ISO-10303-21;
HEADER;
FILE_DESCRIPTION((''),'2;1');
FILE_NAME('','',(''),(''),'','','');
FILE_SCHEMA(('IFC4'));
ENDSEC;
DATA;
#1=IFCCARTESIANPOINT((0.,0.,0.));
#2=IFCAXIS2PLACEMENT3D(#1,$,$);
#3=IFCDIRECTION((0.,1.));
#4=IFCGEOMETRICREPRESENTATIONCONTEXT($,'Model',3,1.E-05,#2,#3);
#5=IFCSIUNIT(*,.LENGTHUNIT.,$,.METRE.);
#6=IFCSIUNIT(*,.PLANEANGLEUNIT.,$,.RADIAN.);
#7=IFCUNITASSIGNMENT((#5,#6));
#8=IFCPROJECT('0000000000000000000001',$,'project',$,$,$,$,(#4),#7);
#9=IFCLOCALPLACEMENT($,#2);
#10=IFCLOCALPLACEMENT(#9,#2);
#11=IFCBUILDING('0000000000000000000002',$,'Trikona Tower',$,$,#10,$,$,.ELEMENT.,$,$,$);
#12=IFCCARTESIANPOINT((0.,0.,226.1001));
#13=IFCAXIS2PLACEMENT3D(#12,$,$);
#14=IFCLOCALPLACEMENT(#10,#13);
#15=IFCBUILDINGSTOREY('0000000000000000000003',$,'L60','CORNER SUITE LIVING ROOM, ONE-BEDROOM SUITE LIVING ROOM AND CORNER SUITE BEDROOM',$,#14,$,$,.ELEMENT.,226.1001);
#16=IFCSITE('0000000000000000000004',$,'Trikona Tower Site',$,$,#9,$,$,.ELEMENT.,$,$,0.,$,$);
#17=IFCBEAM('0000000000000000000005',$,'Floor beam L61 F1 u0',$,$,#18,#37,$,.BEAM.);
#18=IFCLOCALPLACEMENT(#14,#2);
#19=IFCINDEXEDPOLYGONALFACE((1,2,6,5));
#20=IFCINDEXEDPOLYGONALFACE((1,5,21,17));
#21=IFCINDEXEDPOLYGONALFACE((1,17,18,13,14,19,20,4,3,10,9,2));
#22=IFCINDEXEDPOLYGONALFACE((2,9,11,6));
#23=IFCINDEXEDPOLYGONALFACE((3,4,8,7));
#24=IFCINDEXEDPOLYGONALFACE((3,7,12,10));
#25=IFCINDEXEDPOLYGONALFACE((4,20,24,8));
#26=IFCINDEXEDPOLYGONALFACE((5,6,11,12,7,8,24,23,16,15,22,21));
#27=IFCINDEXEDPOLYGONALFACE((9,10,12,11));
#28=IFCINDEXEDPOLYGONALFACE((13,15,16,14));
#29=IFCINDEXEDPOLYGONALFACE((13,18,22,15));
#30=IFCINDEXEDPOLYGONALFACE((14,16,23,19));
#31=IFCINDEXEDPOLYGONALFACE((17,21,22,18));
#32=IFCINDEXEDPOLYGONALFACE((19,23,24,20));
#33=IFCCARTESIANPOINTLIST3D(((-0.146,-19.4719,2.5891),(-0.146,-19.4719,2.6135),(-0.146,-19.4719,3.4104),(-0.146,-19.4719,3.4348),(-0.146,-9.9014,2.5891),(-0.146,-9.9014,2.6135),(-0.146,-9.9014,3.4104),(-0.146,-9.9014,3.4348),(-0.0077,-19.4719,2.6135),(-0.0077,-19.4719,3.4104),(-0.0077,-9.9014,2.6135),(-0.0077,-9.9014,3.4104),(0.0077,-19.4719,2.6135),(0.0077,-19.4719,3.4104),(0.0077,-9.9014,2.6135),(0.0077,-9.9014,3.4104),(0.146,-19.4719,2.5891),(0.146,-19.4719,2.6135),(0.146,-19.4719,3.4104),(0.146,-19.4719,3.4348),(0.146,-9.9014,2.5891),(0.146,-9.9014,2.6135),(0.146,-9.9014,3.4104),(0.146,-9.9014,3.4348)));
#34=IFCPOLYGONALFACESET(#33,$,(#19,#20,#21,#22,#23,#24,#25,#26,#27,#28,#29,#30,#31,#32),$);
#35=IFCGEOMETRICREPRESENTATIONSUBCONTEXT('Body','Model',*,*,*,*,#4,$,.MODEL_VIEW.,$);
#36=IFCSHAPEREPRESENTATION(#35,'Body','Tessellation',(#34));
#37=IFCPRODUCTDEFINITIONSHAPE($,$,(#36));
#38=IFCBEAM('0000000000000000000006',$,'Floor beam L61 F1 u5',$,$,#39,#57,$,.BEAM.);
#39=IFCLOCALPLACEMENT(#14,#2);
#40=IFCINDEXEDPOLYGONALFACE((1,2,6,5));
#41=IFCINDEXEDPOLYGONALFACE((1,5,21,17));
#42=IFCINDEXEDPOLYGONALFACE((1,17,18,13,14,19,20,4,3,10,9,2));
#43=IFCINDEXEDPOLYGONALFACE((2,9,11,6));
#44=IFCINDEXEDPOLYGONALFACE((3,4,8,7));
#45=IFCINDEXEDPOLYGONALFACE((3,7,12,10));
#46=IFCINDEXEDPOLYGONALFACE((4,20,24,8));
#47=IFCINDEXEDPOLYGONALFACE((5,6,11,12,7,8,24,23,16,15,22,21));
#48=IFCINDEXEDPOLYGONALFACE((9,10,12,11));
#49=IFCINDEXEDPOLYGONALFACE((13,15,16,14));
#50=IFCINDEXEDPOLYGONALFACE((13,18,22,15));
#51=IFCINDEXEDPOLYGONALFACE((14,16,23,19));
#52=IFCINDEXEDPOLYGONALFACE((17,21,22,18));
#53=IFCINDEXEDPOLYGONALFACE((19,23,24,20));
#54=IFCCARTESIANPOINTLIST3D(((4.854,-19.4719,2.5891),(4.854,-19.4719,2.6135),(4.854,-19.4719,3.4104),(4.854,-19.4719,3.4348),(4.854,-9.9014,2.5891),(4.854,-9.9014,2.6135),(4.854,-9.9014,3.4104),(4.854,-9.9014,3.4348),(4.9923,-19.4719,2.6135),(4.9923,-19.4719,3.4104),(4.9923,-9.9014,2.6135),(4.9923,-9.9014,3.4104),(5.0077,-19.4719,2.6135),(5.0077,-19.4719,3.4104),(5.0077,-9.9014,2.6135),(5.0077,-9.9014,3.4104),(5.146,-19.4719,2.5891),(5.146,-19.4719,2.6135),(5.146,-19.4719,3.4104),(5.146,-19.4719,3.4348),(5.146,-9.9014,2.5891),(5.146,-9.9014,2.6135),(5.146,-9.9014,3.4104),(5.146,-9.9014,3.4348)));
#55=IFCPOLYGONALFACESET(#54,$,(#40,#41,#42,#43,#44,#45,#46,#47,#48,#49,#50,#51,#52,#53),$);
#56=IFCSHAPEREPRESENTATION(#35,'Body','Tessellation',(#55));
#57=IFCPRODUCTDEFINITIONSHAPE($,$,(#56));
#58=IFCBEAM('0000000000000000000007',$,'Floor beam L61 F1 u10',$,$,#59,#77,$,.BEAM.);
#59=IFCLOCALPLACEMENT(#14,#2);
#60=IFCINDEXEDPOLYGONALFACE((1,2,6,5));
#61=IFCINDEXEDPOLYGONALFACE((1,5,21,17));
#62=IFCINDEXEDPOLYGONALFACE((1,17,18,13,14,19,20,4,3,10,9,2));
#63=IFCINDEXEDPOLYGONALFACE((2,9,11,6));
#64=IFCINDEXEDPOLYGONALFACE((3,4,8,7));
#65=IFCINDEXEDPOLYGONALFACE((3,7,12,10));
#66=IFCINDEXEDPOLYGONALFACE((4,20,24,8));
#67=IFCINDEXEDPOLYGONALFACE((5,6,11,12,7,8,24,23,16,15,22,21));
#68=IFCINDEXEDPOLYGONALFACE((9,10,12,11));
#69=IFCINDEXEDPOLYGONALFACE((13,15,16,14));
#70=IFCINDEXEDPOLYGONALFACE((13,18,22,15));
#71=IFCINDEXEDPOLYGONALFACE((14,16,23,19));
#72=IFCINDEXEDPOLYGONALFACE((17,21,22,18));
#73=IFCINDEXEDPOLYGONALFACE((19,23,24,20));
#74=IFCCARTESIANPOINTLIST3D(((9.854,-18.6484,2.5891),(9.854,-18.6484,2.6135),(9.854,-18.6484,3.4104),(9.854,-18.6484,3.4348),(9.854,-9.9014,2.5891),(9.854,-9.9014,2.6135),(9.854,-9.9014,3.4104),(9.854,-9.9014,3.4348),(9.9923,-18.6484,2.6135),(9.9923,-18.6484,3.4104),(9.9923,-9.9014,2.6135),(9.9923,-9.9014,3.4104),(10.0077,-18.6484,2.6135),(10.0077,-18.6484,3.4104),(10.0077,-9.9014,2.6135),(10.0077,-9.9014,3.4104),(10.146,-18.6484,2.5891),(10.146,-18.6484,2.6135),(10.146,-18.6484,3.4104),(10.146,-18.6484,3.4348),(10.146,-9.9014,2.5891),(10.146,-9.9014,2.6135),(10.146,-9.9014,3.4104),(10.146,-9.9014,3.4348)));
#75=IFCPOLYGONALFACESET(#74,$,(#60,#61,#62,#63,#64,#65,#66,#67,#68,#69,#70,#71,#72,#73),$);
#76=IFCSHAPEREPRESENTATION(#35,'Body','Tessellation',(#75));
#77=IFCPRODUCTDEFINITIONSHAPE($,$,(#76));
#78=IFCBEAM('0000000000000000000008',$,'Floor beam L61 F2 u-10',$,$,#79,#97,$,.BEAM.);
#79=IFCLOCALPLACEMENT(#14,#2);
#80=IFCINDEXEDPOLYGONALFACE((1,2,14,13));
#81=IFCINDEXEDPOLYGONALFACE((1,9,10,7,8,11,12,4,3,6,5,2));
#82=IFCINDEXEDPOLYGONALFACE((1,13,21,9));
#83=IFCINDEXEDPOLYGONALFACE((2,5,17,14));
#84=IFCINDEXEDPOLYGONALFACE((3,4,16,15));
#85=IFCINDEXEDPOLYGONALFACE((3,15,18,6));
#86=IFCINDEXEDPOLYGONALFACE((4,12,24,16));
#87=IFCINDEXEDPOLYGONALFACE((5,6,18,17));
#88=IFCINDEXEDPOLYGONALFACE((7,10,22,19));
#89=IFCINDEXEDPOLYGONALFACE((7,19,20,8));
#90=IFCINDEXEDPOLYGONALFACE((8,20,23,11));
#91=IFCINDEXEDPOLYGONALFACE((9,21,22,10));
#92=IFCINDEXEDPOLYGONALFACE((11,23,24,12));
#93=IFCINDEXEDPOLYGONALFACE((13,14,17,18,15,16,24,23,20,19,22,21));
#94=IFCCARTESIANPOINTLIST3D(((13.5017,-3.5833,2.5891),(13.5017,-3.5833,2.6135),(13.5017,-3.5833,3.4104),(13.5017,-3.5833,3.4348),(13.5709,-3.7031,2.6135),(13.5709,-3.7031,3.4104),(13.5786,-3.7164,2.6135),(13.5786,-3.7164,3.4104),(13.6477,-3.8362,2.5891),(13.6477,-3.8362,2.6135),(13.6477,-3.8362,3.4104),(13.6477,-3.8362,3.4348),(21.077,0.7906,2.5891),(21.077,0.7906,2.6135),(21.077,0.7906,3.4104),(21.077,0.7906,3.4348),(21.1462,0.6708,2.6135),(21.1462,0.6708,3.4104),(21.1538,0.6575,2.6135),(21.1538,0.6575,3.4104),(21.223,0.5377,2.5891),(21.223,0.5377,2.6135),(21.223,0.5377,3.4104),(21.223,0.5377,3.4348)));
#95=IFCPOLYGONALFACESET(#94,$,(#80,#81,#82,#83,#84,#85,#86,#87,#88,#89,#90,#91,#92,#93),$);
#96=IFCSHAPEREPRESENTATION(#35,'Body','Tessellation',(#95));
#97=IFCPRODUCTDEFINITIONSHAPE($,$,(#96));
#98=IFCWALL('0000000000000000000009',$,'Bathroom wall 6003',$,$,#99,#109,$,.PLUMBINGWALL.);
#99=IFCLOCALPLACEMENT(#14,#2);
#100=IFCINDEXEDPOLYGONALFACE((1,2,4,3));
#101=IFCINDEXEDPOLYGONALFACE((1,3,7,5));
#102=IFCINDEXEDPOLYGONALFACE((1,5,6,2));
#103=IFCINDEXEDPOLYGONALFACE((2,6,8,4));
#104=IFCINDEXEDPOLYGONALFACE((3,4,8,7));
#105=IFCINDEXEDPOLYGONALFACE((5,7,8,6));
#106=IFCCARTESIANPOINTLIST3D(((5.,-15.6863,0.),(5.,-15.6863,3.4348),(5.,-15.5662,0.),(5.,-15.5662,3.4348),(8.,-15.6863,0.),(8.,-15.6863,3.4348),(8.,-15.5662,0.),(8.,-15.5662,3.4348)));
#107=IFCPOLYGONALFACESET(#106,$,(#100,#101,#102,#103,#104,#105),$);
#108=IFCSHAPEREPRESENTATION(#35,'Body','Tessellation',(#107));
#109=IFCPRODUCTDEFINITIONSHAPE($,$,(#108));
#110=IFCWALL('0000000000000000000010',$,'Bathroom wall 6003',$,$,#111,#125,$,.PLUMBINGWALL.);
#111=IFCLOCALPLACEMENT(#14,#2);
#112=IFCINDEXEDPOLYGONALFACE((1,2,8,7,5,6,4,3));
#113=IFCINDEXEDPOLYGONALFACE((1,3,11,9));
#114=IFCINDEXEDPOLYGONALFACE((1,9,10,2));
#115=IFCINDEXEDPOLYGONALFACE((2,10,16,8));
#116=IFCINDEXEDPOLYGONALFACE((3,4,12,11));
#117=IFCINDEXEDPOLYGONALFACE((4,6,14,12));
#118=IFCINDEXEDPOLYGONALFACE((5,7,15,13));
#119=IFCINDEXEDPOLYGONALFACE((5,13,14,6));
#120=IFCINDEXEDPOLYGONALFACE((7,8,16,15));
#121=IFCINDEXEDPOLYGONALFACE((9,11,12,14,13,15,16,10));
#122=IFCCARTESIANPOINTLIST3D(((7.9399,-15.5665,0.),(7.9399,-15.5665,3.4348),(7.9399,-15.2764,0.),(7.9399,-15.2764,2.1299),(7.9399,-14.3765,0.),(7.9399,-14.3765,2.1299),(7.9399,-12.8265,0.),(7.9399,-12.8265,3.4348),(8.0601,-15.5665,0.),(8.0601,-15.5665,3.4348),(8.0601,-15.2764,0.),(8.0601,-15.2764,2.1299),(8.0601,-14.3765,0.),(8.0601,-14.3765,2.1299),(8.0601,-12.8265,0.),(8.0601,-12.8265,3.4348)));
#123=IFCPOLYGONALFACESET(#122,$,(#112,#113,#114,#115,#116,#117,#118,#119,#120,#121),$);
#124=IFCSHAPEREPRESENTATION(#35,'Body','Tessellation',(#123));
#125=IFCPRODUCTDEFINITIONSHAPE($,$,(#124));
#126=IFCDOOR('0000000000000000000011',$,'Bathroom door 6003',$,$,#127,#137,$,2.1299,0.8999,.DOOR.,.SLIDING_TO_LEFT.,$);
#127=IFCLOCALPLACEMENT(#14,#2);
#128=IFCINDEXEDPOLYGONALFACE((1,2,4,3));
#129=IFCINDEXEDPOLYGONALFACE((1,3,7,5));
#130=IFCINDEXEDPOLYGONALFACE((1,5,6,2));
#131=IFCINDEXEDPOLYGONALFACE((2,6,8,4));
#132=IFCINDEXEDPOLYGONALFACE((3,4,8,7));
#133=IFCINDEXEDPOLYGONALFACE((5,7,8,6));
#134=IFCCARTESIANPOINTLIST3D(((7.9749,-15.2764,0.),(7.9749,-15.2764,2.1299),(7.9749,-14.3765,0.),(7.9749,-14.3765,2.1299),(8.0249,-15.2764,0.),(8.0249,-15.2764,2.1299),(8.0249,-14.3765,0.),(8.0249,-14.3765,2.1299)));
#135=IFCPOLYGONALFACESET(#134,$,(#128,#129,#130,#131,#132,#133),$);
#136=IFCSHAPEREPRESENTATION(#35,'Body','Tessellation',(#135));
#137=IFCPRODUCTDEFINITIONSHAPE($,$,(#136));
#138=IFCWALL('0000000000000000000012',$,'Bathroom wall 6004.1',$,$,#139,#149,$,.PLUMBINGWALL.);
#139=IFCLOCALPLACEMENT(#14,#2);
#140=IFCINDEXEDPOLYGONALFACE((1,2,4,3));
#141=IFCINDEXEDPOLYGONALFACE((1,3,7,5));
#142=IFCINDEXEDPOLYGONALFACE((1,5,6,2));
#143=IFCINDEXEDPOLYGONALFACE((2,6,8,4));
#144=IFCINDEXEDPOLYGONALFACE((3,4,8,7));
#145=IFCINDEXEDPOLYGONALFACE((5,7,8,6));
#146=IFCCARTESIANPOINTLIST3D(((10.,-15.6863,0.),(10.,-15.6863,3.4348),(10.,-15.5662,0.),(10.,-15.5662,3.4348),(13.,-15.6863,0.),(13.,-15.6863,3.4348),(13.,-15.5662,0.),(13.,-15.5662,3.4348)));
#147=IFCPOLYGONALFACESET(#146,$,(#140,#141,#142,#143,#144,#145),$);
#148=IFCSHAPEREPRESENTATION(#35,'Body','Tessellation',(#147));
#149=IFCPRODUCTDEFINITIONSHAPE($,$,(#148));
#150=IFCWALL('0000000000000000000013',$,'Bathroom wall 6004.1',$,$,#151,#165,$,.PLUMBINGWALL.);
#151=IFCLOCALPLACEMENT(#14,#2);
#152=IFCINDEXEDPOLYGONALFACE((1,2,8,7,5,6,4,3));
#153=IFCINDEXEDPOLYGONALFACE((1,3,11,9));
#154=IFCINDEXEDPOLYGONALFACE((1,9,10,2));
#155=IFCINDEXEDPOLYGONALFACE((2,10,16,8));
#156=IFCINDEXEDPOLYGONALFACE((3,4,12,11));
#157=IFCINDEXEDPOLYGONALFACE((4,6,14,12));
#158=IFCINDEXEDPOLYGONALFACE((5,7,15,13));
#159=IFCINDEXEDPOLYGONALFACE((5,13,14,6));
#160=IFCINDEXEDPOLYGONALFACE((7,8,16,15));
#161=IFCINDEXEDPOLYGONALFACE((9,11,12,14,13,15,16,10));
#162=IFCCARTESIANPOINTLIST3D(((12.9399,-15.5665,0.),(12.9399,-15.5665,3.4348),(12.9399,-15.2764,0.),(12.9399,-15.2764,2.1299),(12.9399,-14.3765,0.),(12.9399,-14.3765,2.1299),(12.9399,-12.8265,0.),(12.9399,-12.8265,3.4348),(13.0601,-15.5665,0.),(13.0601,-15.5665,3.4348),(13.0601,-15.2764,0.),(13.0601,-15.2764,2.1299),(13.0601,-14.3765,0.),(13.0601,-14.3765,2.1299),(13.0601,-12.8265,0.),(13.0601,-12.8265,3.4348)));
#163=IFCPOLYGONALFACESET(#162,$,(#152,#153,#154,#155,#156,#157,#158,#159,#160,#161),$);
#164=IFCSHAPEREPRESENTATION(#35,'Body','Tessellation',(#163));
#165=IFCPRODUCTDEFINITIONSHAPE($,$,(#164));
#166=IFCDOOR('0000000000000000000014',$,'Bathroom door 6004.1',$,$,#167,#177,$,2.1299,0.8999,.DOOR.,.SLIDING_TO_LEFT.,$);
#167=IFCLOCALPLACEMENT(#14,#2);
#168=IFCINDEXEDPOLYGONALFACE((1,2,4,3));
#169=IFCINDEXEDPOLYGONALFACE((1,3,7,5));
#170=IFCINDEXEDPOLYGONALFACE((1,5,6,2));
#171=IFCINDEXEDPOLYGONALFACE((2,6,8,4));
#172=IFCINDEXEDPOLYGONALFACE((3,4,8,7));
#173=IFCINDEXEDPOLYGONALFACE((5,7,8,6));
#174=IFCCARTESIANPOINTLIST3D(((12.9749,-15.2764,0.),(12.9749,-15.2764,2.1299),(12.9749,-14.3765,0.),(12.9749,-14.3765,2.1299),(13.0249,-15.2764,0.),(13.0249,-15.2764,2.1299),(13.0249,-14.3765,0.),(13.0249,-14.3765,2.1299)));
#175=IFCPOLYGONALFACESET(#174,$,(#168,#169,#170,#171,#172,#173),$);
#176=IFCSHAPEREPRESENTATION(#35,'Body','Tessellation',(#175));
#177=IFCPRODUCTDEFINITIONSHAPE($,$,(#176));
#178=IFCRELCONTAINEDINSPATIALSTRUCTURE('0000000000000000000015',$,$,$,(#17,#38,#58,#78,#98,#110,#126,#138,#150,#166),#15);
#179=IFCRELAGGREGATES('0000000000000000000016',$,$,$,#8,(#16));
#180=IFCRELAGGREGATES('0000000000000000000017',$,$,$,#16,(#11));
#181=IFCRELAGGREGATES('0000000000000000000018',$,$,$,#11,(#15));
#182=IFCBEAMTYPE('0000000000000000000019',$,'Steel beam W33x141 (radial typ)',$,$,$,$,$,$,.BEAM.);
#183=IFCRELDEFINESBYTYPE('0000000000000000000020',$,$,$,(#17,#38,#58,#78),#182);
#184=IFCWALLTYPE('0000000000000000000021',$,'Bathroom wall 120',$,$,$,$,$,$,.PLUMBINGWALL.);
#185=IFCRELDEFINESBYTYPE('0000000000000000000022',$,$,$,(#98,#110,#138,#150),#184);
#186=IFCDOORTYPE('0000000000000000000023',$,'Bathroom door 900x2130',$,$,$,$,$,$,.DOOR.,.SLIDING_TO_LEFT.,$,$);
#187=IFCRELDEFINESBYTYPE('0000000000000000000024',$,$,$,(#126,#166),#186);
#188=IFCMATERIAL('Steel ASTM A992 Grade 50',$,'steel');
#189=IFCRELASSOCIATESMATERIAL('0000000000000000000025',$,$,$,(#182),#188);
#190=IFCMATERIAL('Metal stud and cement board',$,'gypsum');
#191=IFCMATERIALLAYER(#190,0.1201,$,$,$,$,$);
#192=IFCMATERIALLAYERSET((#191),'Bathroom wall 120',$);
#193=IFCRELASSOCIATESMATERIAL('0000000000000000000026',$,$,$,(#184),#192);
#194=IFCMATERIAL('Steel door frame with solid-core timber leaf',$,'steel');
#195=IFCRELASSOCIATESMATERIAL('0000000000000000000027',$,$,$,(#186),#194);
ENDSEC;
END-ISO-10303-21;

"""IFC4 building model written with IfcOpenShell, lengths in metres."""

from ifc_helpers import new_model, si_unit, direction, frame, frame_2d, origin, origin_2d, place, context, subcontext, project, spatial, rectangle, i_section, extrude, material, layer, layer_set, material_profile, profile_set, type_object, element, fill, save


model = new_model("IFC4")

# Units and contexts
model_context = context("Model", 3, precision=1e-05, world=origin(), true_north=direction((0.0, 1.0)))
body_context = subcontext(model_context, "Body", "Model", "MODEL_VIEW")
ifc_project = project(units=[si_unit("LENGTHUNIT", "METRE"), si_unit("PLANEANGLEUNIT", "RADIAN")], contexts=[model_context])

# Site, building, storey
site_placement = place(None, origin())
site = spatial("IfcSite", under=ifc_project, at=site_placement, Name="Trikona Tower Site", CompositionType="ELEMENT", RefElevation=0.0)
building_placement = place(site_placement, origin())
building = spatial("IfcBuilding", under=site, at=building_placement, Name="Trikona Tower", CompositionType="ELEMENT")
storey_placement = place(building_placement, frame((0.0, 0.0, 226.1001)))
storey = spatial("IfcBuildingStorey", under=building, at=storey_placement, Name="L60", Description="CORNER SUITE LIVING ROOM, ONE-BEDROOM SUITE LIVING ROOM AND CORNER SUITE BEDROOM", CompositionType="ELEMENT", Elevation=226.1001)

# Beams
ifc_material_1 = material(Name="Steel ASTM A992 Grade 50", Category="steel")
ifc_material_profile = material_profile(ifc_material_1, i_section(OverallWidth=0.292, OverallDepth=0.8457, WebThickness=0.0154, FlangeThickness=0.0244, at=origin_2d()), Name="W33X141")
ifc_profile_set = profile_set([ifc_material_profile], Name="Steel ASTM A992 Grade 50")
beam_type = type_object("IfcBeamType", Name="Steel beam W33x141 (radial typ)", PredefinedType="BEAM", material=ifc_profile_set)
for number, where, z_axis, x_axis, name in (
    (1, (0.0, -9.9014, 3.012), (0.0, -1.0, 0.0), (1.0, 0.0, 0.0), "Floor beam L61 F1 u0"),
    (2, (5.0, -9.9014, 3.012), (0.0, -1.0, 0.0), (1.0, 0.0, 0.0), "Floor beam L61 F1 u5"),
):
    element("IfcBeam", number, at=place(storey_placement, frame(where, z_axis=z_axis, x_axis=x_axis)), inside=storey, type_object=beam_type, Name=name, PredefinedType="BEAM", context=body_context, shape_type="SweptSolid", body=[
        extrude(i_section(OverallWidth=0.292, OverallDepth=0.8457, WebThickness=0.0154, FlangeThickness=0.0244, at=origin_2d()), origin(), (0.0, 0.0, 1.0), 9.5706),
    ])
beam_1_placement = place(storey_placement, frame((10.0, -9.9014, 3.012), z_axis=(0.0, -1.0, 0.0), x_axis=(1.0, 0.0, 0.0)))
element("IfcBeam", 3, at=beam_1_placement, inside=storey, type_object=beam_type, Name="Floor beam L61 F1 u10", PredefinedType="BEAM", context=body_context, shape_type="SweptSolid", body=[
    extrude(i_section(OverallWidth=0.292, OverallDepth=0.8457, WebThickness=0.0154, FlangeThickness=0.0244, at=origin_2d()), origin(), (0.0, 0.0, 1.0), 8.7471),
])
beam_2_placement = place(storey_placement, frame((13.5747, -3.7097, 3.012), z_axis=(0.866014, 0.50002, 0.0), x_axis=(-0.50002, 0.866014, 0.0)))
element("IfcBeam", 4, at=beam_2_placement, inside=storey, type_object=beam_type, Name="Floor beam L61 F2 u-10", PredefinedType="BEAM", context=body_context, shape_type="SweptSolid", body=[
    extrude(i_section(OverallWidth=0.292, OverallDepth=0.8457, WebThickness=0.0154, FlangeThickness=0.0244, at=origin_2d()), origin(), (0.0, 0.0, 1.0), 8.7473),
])

# Wall
ifc_material_2 = material(Name="Metal stud and cement board", Category="gypsum")
ifc_layer_1 = layer(ifc_material_2, 0.1201)
ifc_layer_set_1 = layer_set([ifc_layer_1], Name="Bathroom wall 120")
wall_type_1 = type_object("IfcWallType", Name="Bathroom wall 120", PredefinedType="PLUMBINGWALL", material=ifc_layer_set_1)
wall_1_placement = place(storey_placement, frame((5.0, -15.6262, 0.0), z_axis=(0.0, 0.0, 1.0), x_axis=(1.0, 0.0, 0.0)))
element("IfcWall", 5, at=wall_1_placement, inside=storey, type_object=wall_type_1, Name="Bathroom wall 6003", PredefinedType="PLUMBINGWALL", context=body_context, shape_type="SweptSolid", body=[
    extrude(rectangle(XDim=3.0, YDim=0.1201, at=frame_2d((1.5, 0.0))), origin(), (0.0, 0.0, 1.0), 3.4348),
])

# Wall, opening, door
wall_2_placement = place(storey_placement, frame((8.0, -12.8264, 0.0), z_axis=(0.0, 0.0, 1.0), x_axis=(0.0, -1.0, 0.0)))
wall_2 = element("IfcWall", 6, at=wall_2_placement, inside=storey, type_object=wall_type_1, Name="Bathroom wall 6003", PredefinedType="PLUMBINGWALL", context=body_context, shape_type="SweptSolid", body=[
    extrude(rectangle(XDim=2.74, YDim=0.1201, at=frame_2d((1.3701, 0.0))), origin(), (0.0, 0.0, 1.0), 3.4348),
])
opening_1_placement = place(wall_2_placement, frame((1.55, 0.0, 0.0)))
opening_1 = element("IfcOpeningElement", 7, at=opening_1_placement, cuts=wall_2, PredefinedType="OPENING", context=body_context, shape_type="SweptSolid", body=[
    extrude(rectangle(XDim=0.8999, YDim=2.1299, at=frame_2d((0.45, 1.0649))), frame((0.0, 0.0701, 0.0), z_axis=(0.0, -1.0, 0.0), x_axis=(1.0, 0.0, 0.0)), (0.0, 0.0, 1.0), 0.1401),
])
ifc_material_3 = material(Name="Steel door frame with solid-core timber leaf", Category="steel")
door_type_1 = type_object("IfcDoorType", Name="Bathroom door 900x2130", OperationType="SLIDING_TO_LEFT", PredefinedType="DOOR", material=ifc_material_3)
door_1_placement = place(opening_1_placement, origin())
door_1 = element("IfcDoor", 8, at=door_1_placement, inside=storey, type_object=door_type_1, Name="Bathroom door 6003", OperationType="SLIDING_TO_LEFT", OverallHeight=2.1299, OverallWidth=0.8999, PredefinedType="DOOR", context=body_context, shape_type="SweptSolid", body=[
    extrude(rectangle(XDim=0.8999, YDim=2.1299, at=frame_2d((0.45, 1.0649))), frame((0.0, 0.0249, 0.0), z_axis=(0.0, -1.0, 0.0), x_axis=(1.0, 0.0, 0.0)), (0.0, 0.0, 1.0), 0.05),
])
fill(opening_1, door_1)

# Wall
wall_3_placement = place(storey_placement, frame((10.0, -15.6262, 0.0), z_axis=(0.0, 0.0, 1.0), x_axis=(1.0, 0.0, 0.0)))
element("IfcWall", 9, at=wall_3_placement, inside=storey, type_object=wall_type_1, Name="Bathroom wall 6004.1", PredefinedType="PLUMBINGWALL", context=body_context, shape_type="SweptSolid", body=[
    extrude(rectangle(XDim=3.0, YDim=0.1201, at=frame_2d((1.5, 0.0))), origin(), (0.0, 0.0, 1.0), 3.4348),
])

# Wall, opening, door
wall_4_placement = place(storey_placement, frame((13.0, -12.8264, 0.0), z_axis=(0.0, 0.0, 1.0), x_axis=(0.0, -1.0, 0.0)))
wall_4 = element("IfcWall", 10, at=wall_4_placement, inside=storey, type_object=wall_type_1, Name="Bathroom wall 6004.1", PredefinedType="PLUMBINGWALL", context=body_context, shape_type="SweptSolid", body=[
    extrude(rectangle(XDim=2.74, YDim=0.1201, at=frame_2d((1.3701, 0.0))), origin(), (0.0, 0.0, 1.0), 3.4348),
])
opening_2_placement = place(wall_4_placement, frame((1.55, 0.0, 0.0)))
opening_2 = element("IfcOpeningElement", 11, at=opening_2_placement, cuts=wall_4, PredefinedType="OPENING", context=body_context, shape_type="SweptSolid", body=[
    extrude(rectangle(XDim=0.8999, YDim=2.1299, at=frame_2d((0.45, 1.0649))), frame((0.0, 0.0701, 0.0), z_axis=(0.0, -1.0, 0.0), x_axis=(1.0, 0.0, 0.0)), (0.0, 0.0, 1.0), 0.1401),
])
door_2_placement = place(opening_2_placement, origin())
door_2 = element("IfcDoor", 12, at=door_2_placement, inside=storey, type_object=door_type_1, Name="Bathroom door 6004.1", OperationType="SLIDING_TO_LEFT", OverallHeight=2.1299, OverallWidth=0.8999, PredefinedType="DOOR", context=body_context, shape_type="SweptSolid", body=[
    extrude(rectangle(XDim=0.8999, YDim=2.1299, at=frame_2d((0.45, 1.0649))), frame((0.0, 0.0249, 0.0), z_axis=(0.0, -1.0, 0.0), x_axis=(1.0, 0.0, 0.0)), (0.0, 0.0, 1.0), 0.05),
])
fill(opening_2, door_2)

save(model, "model.ifc")
